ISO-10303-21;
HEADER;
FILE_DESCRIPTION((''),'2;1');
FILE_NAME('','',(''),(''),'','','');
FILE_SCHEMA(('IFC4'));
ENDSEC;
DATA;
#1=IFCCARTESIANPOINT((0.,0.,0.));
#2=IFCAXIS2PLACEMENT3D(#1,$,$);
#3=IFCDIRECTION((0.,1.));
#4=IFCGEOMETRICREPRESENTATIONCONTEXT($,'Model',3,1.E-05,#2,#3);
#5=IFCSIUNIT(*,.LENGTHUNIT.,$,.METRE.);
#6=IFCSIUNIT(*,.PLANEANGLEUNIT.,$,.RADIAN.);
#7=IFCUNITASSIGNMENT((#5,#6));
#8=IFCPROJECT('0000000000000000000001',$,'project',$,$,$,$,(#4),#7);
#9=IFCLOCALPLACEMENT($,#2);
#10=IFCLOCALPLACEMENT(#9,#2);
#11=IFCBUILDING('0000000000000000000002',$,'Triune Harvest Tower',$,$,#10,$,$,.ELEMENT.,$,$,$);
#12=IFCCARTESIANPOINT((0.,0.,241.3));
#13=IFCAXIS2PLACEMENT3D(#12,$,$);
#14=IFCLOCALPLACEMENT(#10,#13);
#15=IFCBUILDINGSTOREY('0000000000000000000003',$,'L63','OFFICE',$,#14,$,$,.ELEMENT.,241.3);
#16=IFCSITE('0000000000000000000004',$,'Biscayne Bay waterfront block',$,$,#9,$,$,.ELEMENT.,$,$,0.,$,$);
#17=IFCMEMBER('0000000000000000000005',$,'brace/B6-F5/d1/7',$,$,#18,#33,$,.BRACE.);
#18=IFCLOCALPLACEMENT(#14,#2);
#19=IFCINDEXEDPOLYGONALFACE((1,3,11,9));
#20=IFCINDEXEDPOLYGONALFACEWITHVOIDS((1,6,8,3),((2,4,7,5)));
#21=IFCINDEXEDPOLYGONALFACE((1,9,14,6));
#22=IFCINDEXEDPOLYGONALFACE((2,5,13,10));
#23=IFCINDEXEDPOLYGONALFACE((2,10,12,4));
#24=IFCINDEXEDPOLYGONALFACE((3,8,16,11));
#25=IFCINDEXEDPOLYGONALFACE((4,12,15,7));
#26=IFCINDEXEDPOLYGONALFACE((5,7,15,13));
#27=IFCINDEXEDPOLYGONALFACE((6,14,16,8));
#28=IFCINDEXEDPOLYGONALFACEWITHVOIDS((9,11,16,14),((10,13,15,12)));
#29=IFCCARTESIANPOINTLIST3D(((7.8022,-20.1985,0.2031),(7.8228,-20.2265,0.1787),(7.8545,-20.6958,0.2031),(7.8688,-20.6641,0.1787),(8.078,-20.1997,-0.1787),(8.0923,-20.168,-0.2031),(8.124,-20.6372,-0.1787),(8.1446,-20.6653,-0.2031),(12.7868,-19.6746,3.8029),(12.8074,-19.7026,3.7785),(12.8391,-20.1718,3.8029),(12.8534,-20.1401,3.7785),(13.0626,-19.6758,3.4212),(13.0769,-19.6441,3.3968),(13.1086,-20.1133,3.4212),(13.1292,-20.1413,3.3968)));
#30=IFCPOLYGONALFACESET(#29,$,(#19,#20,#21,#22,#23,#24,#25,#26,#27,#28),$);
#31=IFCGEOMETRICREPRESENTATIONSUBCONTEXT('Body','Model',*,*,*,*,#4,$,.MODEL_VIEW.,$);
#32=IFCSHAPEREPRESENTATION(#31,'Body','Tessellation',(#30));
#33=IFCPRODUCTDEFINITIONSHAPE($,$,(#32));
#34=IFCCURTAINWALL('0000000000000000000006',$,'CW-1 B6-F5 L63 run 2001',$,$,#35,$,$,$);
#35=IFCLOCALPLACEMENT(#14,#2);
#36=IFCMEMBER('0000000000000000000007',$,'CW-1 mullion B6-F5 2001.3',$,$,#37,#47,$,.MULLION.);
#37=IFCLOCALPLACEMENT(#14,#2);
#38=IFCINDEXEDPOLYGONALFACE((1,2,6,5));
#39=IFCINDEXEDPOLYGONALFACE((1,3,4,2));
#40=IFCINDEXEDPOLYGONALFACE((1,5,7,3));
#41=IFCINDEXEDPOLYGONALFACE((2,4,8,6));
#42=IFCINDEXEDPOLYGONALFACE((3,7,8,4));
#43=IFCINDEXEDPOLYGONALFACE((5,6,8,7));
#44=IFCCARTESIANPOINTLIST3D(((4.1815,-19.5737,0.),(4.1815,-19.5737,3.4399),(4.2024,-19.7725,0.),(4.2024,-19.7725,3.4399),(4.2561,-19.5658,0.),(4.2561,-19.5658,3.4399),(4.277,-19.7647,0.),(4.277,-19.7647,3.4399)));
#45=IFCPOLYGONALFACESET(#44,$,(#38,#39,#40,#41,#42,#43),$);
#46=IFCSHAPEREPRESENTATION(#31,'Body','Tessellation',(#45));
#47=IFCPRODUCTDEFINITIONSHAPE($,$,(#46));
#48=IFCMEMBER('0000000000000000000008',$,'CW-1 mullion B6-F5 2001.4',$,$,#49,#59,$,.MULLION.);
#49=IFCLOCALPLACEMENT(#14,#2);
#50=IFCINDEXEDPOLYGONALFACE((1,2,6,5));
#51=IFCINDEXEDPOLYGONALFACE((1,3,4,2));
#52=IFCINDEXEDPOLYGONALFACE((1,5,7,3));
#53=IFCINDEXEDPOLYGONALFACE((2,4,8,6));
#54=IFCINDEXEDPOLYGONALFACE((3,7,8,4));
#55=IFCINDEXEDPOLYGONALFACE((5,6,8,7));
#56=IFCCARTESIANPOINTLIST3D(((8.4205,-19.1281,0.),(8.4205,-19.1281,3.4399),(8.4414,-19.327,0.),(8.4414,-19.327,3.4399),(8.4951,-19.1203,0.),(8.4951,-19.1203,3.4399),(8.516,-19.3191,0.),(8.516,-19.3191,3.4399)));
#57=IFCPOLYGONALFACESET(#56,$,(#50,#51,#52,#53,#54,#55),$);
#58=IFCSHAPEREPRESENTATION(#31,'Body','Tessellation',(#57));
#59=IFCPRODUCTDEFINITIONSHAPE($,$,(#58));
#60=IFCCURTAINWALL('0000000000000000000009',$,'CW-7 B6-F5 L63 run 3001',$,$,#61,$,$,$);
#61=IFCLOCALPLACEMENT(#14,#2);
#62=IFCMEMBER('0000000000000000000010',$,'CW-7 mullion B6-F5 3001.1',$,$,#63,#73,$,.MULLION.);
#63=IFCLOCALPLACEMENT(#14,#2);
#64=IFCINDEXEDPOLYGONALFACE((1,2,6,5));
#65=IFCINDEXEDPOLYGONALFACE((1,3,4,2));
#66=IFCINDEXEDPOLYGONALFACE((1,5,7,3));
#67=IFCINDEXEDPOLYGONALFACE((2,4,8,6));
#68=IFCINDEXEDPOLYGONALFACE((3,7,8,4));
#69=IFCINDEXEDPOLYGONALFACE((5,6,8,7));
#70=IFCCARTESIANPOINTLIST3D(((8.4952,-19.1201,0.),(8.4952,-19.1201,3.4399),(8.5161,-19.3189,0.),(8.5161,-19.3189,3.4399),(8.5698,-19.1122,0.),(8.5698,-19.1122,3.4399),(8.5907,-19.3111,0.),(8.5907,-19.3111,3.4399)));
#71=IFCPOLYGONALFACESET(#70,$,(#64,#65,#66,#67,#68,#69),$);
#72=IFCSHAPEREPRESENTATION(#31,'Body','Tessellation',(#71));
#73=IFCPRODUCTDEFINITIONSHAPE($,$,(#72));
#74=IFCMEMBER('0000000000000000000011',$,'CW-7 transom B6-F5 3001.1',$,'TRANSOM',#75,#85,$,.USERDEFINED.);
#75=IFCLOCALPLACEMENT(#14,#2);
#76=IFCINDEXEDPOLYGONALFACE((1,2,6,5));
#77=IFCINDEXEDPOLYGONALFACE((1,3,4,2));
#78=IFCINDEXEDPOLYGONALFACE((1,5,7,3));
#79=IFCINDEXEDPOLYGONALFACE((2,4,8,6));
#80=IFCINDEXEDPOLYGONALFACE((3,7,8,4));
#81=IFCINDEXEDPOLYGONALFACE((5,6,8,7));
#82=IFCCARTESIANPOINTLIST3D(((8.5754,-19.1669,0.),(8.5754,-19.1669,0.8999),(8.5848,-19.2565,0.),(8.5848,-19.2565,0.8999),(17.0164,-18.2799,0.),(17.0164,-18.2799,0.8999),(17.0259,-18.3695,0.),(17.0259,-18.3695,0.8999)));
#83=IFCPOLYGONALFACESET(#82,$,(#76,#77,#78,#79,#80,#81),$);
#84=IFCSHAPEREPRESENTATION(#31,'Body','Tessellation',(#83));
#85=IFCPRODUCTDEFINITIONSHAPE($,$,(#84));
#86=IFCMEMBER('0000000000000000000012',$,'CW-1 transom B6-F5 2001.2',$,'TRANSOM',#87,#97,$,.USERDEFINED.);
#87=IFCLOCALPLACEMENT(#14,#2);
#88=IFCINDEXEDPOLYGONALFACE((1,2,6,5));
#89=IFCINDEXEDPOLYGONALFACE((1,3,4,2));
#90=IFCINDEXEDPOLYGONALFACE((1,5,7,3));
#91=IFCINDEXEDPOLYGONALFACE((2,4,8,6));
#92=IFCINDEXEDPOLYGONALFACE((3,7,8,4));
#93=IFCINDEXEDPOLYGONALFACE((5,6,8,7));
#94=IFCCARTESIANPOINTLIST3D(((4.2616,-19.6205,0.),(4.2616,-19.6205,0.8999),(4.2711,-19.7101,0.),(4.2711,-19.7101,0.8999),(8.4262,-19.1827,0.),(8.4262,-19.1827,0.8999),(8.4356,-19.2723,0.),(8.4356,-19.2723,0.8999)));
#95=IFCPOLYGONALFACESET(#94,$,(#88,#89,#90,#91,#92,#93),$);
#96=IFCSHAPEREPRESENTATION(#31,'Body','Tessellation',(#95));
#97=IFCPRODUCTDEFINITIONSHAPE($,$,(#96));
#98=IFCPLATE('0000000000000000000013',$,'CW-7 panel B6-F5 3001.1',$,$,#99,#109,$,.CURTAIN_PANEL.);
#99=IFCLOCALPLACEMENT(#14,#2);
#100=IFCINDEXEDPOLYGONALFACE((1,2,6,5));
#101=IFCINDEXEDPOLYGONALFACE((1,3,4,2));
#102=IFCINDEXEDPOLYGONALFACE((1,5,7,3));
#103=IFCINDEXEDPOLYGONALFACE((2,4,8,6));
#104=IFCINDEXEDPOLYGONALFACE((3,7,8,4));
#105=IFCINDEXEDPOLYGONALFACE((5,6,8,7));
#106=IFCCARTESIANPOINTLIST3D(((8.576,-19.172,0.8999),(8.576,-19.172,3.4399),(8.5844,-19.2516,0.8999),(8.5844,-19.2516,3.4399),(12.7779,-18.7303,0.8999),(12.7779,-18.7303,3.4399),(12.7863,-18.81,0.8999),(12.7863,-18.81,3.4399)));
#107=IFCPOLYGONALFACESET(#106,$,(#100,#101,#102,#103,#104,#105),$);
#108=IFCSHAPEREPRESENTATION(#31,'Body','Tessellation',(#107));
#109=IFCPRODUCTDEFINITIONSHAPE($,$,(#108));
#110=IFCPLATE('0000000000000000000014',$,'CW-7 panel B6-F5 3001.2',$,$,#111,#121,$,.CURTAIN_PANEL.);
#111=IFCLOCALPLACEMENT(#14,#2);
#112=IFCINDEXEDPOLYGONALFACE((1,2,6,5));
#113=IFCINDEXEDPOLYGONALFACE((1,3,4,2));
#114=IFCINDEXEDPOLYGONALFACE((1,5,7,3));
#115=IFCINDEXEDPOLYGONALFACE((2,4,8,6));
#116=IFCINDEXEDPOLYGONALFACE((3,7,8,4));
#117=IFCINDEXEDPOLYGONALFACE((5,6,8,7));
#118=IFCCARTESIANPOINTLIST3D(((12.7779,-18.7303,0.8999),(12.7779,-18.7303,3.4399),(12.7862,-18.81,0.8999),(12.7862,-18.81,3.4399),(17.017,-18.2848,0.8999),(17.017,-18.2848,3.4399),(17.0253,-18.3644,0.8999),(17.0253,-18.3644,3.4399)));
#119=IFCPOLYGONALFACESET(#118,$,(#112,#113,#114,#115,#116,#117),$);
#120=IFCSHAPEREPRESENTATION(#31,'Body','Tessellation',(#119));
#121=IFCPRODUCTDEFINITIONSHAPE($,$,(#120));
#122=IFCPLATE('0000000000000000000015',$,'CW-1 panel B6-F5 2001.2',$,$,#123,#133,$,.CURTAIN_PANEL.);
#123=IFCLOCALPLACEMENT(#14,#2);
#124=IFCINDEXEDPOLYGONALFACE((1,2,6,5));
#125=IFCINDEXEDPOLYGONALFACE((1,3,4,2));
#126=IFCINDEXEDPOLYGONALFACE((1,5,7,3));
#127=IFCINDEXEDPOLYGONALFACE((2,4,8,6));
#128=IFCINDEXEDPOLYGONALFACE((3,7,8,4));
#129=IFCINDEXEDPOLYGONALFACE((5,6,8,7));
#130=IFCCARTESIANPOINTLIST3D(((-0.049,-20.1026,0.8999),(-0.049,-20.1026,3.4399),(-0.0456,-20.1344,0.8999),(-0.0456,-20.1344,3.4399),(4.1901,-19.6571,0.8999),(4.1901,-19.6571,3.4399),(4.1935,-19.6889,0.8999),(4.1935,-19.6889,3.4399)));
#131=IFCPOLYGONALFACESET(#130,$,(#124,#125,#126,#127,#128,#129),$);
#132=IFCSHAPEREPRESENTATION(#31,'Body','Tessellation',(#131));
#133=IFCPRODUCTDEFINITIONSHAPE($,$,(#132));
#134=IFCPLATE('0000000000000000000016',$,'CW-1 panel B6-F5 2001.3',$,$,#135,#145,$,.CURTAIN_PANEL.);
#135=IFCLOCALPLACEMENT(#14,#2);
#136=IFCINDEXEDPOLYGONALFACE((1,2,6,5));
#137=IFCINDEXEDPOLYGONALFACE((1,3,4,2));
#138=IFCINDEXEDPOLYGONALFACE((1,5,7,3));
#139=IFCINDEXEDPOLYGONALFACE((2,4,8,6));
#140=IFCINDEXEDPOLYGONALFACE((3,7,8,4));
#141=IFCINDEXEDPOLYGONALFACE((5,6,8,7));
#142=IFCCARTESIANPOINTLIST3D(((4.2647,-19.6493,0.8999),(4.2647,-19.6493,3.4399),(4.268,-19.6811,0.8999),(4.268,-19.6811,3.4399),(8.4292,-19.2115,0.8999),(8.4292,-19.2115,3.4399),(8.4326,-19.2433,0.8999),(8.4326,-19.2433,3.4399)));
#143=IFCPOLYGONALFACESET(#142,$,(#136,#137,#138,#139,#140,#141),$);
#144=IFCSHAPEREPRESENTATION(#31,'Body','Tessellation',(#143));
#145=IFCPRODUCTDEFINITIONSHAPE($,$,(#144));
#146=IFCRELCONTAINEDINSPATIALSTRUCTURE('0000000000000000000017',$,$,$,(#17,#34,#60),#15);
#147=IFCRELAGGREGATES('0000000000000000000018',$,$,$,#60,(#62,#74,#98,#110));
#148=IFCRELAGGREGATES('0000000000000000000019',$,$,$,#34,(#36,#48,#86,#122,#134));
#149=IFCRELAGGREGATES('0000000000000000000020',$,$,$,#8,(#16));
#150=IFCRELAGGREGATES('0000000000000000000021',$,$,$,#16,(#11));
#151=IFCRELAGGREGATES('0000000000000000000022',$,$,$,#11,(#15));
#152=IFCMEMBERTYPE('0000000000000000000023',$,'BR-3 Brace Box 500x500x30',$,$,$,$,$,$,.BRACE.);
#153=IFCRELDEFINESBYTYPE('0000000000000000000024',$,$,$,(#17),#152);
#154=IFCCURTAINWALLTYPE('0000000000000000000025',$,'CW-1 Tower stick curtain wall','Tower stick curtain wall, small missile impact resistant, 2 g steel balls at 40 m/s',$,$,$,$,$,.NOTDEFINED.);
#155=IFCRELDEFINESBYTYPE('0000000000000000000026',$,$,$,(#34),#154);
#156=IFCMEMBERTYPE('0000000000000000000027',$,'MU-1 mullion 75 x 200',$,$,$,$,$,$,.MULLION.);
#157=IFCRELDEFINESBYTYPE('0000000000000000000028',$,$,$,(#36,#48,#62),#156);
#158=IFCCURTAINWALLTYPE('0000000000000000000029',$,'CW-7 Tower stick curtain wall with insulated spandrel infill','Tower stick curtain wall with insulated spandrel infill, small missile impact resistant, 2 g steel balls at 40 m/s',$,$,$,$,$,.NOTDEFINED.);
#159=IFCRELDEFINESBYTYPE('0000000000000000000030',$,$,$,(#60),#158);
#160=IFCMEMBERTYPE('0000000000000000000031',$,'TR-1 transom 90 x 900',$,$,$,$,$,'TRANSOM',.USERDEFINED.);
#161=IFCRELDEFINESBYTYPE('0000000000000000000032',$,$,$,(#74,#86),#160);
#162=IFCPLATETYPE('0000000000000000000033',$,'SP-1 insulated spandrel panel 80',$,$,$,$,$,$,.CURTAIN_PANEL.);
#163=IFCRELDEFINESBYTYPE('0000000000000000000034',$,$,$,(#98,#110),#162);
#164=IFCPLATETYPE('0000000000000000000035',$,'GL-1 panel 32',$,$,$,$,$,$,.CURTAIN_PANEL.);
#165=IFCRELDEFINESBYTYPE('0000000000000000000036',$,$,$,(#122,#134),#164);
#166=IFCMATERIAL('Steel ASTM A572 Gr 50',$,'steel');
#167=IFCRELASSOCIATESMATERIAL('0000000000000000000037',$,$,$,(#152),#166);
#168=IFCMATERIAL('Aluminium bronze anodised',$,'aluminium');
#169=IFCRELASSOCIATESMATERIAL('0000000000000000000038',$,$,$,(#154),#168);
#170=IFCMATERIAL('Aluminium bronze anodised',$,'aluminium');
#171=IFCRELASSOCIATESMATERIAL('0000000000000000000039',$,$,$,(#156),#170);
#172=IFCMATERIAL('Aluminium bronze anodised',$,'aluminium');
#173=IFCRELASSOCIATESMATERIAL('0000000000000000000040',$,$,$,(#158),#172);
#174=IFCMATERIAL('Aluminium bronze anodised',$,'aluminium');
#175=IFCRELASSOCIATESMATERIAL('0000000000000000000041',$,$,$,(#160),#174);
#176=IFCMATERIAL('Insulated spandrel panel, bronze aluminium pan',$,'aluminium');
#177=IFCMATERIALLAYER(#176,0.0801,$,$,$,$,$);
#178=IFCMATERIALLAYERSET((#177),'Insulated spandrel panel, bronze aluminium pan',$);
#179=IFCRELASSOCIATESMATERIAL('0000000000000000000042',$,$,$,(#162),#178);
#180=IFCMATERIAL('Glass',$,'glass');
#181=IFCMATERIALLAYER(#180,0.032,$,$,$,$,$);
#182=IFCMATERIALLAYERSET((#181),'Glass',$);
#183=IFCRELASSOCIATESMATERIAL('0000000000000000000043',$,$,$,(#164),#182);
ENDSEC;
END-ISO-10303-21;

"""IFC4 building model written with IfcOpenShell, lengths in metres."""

from ifc_helpers import new_model, si_unit, direction, frame, origin, origin_2d, place, context, subcontext, project, spatial, rectangle, hollow_rectangle, extrude, source, transform, mapped, material, layer, layer_set, material_profile, profile_set, type_object, element, aggregate, save


model = new_model("IFC4")

# Units and contexts
model_context = context("Model", 3, precision=1e-05, world=origin(), true_north=direction((0.0, 1.0)))
body_context = subcontext(model_context, "Body", "Model", "MODEL_VIEW")
ifc_project = project(units=[si_unit("LENGTHUNIT", "METRE"), si_unit("PLANEANGLEUNIT", "RADIAN")], contexts=[model_context])

# Site, building, storey
site_placement = place(None, origin())
site = spatial("IfcSite", under=ifc_project, at=site_placement, Name="Biscayne Bay waterfront block", CompositionType="ELEMENT", RefElevation=0.0)
building_placement = place(site_placement, origin())
building = spatial("IfcBuilding", under=site, at=building_placement, Name="Triune Harvest Tower", CompositionType="ELEMENT")
storey_placement = place(building_placement, frame((0.0, 0.0, 241.3)))
storey = spatial("IfcBuildingStorey", under=building, at=storey_placement, Name="L63", Description="OFFICE", CompositionType="ELEMENT", Elevation=241.3)

# Member
ifc_material_1 = material(Name="Steel ASTM A572 Gr 50", Category="steel")
ifc_material_profile_1 = material_profile(ifc_material_1, hollow_rectangle(XDim=0.5, YDim=0.5, WallThickness=0.03, at=origin_2d()), Name="Box 500x500x30")
ifc_profile_set_1 = profile_set([ifc_material_profile_1], Name="Steel ASTM A572 Gr 50")
member_type_1 = type_object("IfcMemberType", Name="BR-3 Brace Box 500x500x30", PredefinedType="BRACE", material=ifc_profile_set_1)
shared_shape_1 = source(origin(), body_context, "Body", "SweptSolid", [
    extrude(hollow_rectangle(XDim=0.5, YDim=0.5, WallThickness=0.03, at=origin_2d()), origin(), (0.0, 0.0, 1.0), 6.1709),
])
member_1_placement = place(storey_placement, frame((7.9734, -20.4319, 0.0), z_axis=(0.807764, 0.084903, 0.583361), x_axis=(-0.104533, 0.994521, 0.0)))
element("IfcMember", 1, at=member_1_placement, inside=storey, type_object=member_type_1, Name="brace/B6-F5/d1/7", PredefinedType="BRACE", context=body_context, shape_type="MappedRepresentation", body=[
    mapped(shared_shape_1, transform((0.0, 0.0, 0.0), scale=1.0)),
])

# Curtain walls, members
ifc_material_2 = material(Name="Aluminium bronze anodised", Category="aluminium")
curtain_wall_type_1 = type_object("IfcCurtainWallType", Name="CW-1 Tower stick curtain wall", Description="Tower stick curtain wall, small missile impact resistant, 2 g steel balls at 40 m/s", PredefinedType="NOTDEFINED", material=ifc_material_2)
curtain_wall_1_placement = place(storey_placement, origin())
curtain_wall_1 = element("IfcCurtainWall", 2, at=curtain_wall_1_placement, inside=storey, type_object=curtain_wall_type_1, Name="CW-1 B6-F5 L63 run 2001")
ifc_material_3 = material(Name="Aluminium bronze anodised", Category="aluminium")
ifc_material_profile_2 = material_profile(ifc_material_3, rectangle(XDim=0.2, YDim=0.075, at=origin_2d()), Name="MU-1 mullion 75 x 200")
ifc_profile_set_2 = profile_set([ifc_material_profile_2], Name="Aluminium bronze anodised")
member_type_2 = type_object("IfcMemberType", Name="MU-1 mullion 75 x 200", PredefinedType="MULLION", material=ifc_profile_set_2)
shared_shape_2 = source(origin(), body_context, "Body", "SweptSolid", [
    extrude(rectangle(XDim=0.2, YDim=0.075, at=origin_2d()), origin(), (0.0, 0.0, 1.0), 3.4399),
])
member_2_placement = place(storey_placement, frame((4.2292, -19.6692, 0.0), z_axis=(0.0, 0.0, 1.0), x_axis=(-0.104535, 0.994521, 0.0)))
member_2 = element("IfcMember", 3, at=member_2_placement, type_object=member_type_2, Name="CW-1 mullion B6-F5 2001.3", PredefinedType="MULLION", context=body_context, shape_type="MappedRepresentation", body=[
    mapped(shared_shape_2, transform((0.0, 0.0, 0.0), scale=1.0)),
])
member_3_placement = place(storey_placement, frame((8.4683, -19.2236, 0.0), z_axis=(0.0, 0.0, 1.0), x_axis=(-0.104535, 0.994521, 0.0)))
member_3 = element("IfcMember", 4, at=member_3_placement, type_object=member_type_2, Name="CW-1 mullion B6-F5 2001.4", PredefinedType="MULLION", context=body_context, shape_type="MappedRepresentation", body=[
    mapped(shared_shape_2, transform((0.0, 0.0, 0.0), scale=1.0)),
])
ifc_material_4 = material(Name="Aluminium bronze anodised", Category="aluminium")
curtain_wall_type_2 = type_object("IfcCurtainWallType", Name="CW-7 Tower stick curtain wall with insulated spandrel infill", Description="Tower stick curtain wall with insulated spandrel infill, small missile impact resistant, 2 g steel balls at 40 m/s", PredefinedType="NOTDEFINED", material=ifc_material_4)
curtain_wall_2_placement = place(storey_placement, origin())
curtain_wall_2 = element("IfcCurtainWall", 5, at=curtain_wall_2_placement, inside=storey, type_object=curtain_wall_type_2, Name="CW-7 B6-F5 L63 run 3001")
member_4_placement = place(storey_placement, frame((8.543, -19.2156, 0.0), z_axis=(0.0, 0.0, 1.0), x_axis=(-0.104527, 0.994522, 0.0)))
member_4 = element("IfcMember", 6, at=member_4_placement, type_object=member_type_2, Name="CW-7 mullion B6-F5 3001.1", PredefinedType="MULLION", context=body_context, shape_type="MappedRepresentation", body=[
    mapped(shared_shape_2, transform((0.0, 0.0, 0.0), scale=1.0)),
])
ifc_material_5 = material(Name="Aluminium bronze anodised", Category="aluminium")
ifc_material_profile_3 = material_profile(ifc_material_5, rectangle(XDim=0.0901, YDim=0.8999, at=origin_2d()), Name="TR-1 transom 90 x 900")
ifc_profile_set_3 = profile_set([ifc_material_profile_3], Name="Aluminium bronze anodised")
member_type_3 = type_object("IfcMemberType", Name="TR-1 transom 90 x 900", ElementType="TRANSOM", PredefinedType="USERDEFINED", material=ifc_profile_set_3)
shared_shape_3 = source(origin(), body_context, "Body", "SweptSolid", [
    extrude(rectangle(XDim=0.0901, YDim=0.8999, at=origin_2d()), origin(), (0.0, 0.0, 1.0), 8.4875),
])
member_5_placement = place(storey_placement, frame((8.5801, -19.2117, 0.45), z_axis=(0.994525, 0.104501, 0.0), x_axis=(-0.104501, 0.994525, 0.0)))
member_5 = element("IfcMember", 7, at=member_5_placement, type_object=member_type_3, Name="CW-7 transom B6-F5 3001.1", ObjectType="TRANSOM", PredefinedType="USERDEFINED", context=body_context, shape_type="MappedRepresentation", body=[
    mapped(shared_shape_3, transform((0.0, 0.0, 0.0), scale=1.0)),
])

# Member
shared_shape_4 = source(origin(), body_context, "Body", "SweptSolid", [
    extrude(rectangle(XDim=0.0901, YDim=0.8999, at=origin_2d()), origin(), (0.0, 0.0, 1.0), 4.1875),
])
member_6_placement = place(storey_placement, frame((4.2664, -19.6653, 0.45), z_axis=(0.994521, 0.104536, 0.0), x_axis=(-0.104536, 0.994521, 0.0)))
member_6 = element("IfcMember", 8, at=member_6_placement, type_object=member_type_3, Name="CW-1 transom B6-F5 2001.2", ObjectType="TRANSOM", PredefinedType="USERDEFINED", context=body_context, shape_type="MappedRepresentation", body=[
    mapped(shared_shape_4, transform((0.0, 0.0, 0.0), scale=1.0)),
])

# Plates
ifc_material_6 = material(Name="Insulated spandrel panel, bronze aluminium pan", Category="aluminium")
ifc_layer_1 = layer(ifc_material_6, 0.0801)
ifc_layer_set_1 = layer_set([ifc_layer_1], Name="Insulated spandrel panel, bronze aluminium pan")
plate_type_1 = type_object("IfcPlateType", Name="SP-1 insulated spandrel panel 80", PredefinedType="CURTAIN_PANEL", material=ifc_layer_set_1)
shared_shape_5 = source(origin(), body_context, "Body", "SweptSolid", [
    extrude(rectangle(XDim=4.2251, YDim=0.0801, at=origin_2d()), origin(), (0.0, 0.0, 1.0), 2.54),
])
plate_1_placement = place(storey_placement, frame((10.6812, -18.991, 0.8999), z_axis=(0.0, 0.0, 1.0), x_axis=(0.994522, 0.104527, 0.0)))
plate_1 = element("IfcPlate", 9, at=plate_1_placement, type_object=plate_type_1, Name="CW-7 panel B6-F5 3001.1", PredefinedType="CURTAIN_PANEL", context=body_context, shape_type="MappedRepresentation", body=[
    mapped(shared_shape_5, transform((0.0, 0.0, 0.0), scale=1.0)),
])
shared_shape_6 = source(origin(), body_context, "Body", "SweptSolid", [
    extrude(rectangle(XDim=4.2625, YDim=0.0801, at=origin_2d()), origin(), (0.0, 0.0, 1.0), 2.54),
])
plate_2_placement = place(storey_placement, frame((14.9016, -18.5474, 0.8999), z_axis=(0.0, 0.0, 1.0), x_axis=(0.994522, 0.104527, 0.0)))
plate_2 = element("IfcPlate", 10, at=plate_2_placement, type_object=plate_type_1, Name="CW-7 panel B6-F5 3001.2", PredefinedType="CURTAIN_PANEL", context=body_context, shape_type="MappedRepresentation", body=[
    mapped(shared_shape_6, transform((0.0, 0.0, 0.0), scale=1.0)),
])
aggregate(curtain_wall_2, [member_4, member_5, plate_1, plate_2])
ifc_material_7 = material(Name="Glass", Category="glass")
ifc_layer_2 = layer(ifc_material_7, 0.032)
ifc_layer_set_2 = layer_set([ifc_layer_2], Name="Glass")
plate_type_2 = type_object("IfcPlateType", Name="GL-1 panel 32", PredefinedType="CURTAIN_PANEL", material=ifc_layer_set_2)
shared_shape_7 = source(origin(), body_context, "Body", "SweptSolid", [
    extrude(rectangle(XDim=4.2625, YDim=0.032, at=origin_2d()), origin(), (0.0, 0.0, 1.0), 2.54),
])
plate_3_placement = place(storey_placement, frame((2.0723, -19.8958, 0.8999), z_axis=(0.0, 0.0, 1.0), x_axis=(0.994521, 0.104535, 0.0)))
plate_3 = element("IfcPlate", 11, at=plate_3_placement, type_object=plate_type_2, Name="CW-1 panel B6-F5 2001.2", PredefinedType="CURTAIN_PANEL", context=body_context, shape_type="MappedRepresentation", body=[
    mapped(shared_shape_7, transform((0.0, 0.0, 0.0), scale=1.0)),
])
shared_shape_8 = source(origin(), body_context, "Body", "SweptSolid", [
    extrude(rectangle(XDim=4.1875, YDim=0.032, at=origin_2d()), origin(), (0.0, 0.0, 1.0), 2.54),
])
plate_4_placement = place(storey_placement, frame((6.3486, -19.4463, 0.8999), z_axis=(0.0, 0.0, 1.0), x_axis=(0.994521, 0.104535, 0.0)))
plate_4 = element("IfcPlate", 12, at=plate_4_placement, type_object=plate_type_2, Name="CW-1 panel B6-F5 2001.3", PredefinedType="CURTAIN_PANEL", context=body_context, shape_type="MappedRepresentation", body=[
    mapped(shared_shape_8, transform((0.0, 0.0, 0.0), scale=1.0)),
])
aggregate(curtain_wall_1, [member_2, member_3, member_6, plate_3, plate_4])

save(model, "model.ifc")
